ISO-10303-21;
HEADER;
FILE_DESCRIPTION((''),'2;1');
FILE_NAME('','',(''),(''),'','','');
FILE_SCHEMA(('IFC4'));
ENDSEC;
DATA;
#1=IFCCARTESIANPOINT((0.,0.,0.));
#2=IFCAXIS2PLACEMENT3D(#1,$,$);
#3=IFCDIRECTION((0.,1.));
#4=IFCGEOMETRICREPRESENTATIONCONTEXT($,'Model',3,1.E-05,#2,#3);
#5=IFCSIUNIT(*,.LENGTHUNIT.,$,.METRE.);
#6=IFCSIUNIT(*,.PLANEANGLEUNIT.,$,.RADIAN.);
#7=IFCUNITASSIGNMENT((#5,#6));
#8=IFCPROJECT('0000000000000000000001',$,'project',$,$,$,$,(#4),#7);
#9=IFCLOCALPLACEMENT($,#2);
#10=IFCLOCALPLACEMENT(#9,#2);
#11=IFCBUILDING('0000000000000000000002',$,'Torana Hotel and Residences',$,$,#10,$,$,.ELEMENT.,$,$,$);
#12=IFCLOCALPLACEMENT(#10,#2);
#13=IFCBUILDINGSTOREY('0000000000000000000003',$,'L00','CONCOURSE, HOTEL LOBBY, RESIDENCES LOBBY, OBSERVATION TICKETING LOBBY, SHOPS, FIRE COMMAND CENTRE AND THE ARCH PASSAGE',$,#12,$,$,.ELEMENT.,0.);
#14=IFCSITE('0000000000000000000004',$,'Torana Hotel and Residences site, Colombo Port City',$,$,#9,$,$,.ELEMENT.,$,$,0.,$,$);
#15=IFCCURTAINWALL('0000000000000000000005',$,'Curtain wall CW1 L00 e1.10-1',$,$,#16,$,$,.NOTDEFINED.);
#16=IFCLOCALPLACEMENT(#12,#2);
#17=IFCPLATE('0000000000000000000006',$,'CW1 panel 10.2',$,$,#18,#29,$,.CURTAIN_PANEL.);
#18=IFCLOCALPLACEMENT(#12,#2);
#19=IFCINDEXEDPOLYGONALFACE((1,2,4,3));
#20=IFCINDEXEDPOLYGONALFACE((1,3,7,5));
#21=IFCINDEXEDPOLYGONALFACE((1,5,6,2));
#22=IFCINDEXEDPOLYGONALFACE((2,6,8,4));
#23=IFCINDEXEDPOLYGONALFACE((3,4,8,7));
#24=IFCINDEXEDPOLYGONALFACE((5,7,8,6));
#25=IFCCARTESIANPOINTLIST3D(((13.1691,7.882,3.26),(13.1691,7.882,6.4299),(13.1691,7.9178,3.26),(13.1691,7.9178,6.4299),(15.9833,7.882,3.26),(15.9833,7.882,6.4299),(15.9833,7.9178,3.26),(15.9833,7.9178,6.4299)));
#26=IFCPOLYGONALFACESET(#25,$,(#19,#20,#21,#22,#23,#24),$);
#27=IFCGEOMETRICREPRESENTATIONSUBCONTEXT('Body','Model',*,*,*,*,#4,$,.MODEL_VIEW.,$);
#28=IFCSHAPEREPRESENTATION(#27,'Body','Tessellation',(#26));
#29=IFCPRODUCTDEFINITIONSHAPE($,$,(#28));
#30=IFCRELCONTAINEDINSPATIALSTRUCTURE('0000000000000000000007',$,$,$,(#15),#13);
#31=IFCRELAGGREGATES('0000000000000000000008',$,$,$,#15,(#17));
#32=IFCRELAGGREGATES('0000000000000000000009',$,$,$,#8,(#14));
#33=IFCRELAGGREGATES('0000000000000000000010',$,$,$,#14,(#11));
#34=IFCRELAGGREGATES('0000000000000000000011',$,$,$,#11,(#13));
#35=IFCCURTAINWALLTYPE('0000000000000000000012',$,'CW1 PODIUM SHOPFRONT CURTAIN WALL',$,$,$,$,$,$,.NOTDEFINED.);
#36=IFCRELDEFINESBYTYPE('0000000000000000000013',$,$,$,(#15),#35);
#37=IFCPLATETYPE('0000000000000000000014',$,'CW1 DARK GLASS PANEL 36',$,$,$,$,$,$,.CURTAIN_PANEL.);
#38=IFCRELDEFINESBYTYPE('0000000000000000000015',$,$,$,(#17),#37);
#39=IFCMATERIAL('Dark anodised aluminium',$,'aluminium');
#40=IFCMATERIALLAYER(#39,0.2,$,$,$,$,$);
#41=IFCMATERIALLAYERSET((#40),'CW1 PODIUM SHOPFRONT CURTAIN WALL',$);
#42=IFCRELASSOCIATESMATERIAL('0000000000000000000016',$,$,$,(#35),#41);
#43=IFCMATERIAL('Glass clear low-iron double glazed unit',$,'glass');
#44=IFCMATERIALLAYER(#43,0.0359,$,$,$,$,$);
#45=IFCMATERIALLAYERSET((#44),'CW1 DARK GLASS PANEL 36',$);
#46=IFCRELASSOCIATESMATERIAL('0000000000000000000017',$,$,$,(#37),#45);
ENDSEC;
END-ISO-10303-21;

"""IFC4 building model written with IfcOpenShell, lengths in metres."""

from ifc_helpers import new_model, si_unit, direction, frame, origin, origin_2d, place, context, subcontext, project, spatial, rectangle, extrude, material, layer, layer_set, type_object, element, aggregate, save


model = new_model("IFC4")

# Units and contexts
model_context = context("Model", 3, precision=1e-05, world=origin(), true_north=direction((0.0, 1.0)))
body_context = subcontext(model_context, "Body", "Model", "MODEL_VIEW")
ifc_project = project(units=[si_unit("LENGTHUNIT", "METRE"), si_unit("PLANEANGLEUNIT", "RADIAN")], contexts=[model_context])

# Site, building, storey
site_placement = place(None, origin())
site = spatial("IfcSite", under=ifc_project, at=site_placement, Name="Torana Hotel and Residences site, Colombo Port City", CompositionType="ELEMENT", RefElevation=0.0)
building_placement = place(site_placement, origin())
building = spatial("IfcBuilding", under=site, at=building_placement, Name="Torana Hotel and Residences", CompositionType="ELEMENT")
storey_placement = place(building_placement, origin())
storey = spatial("IfcBuildingStorey", under=building, at=storey_placement, Name="L00", Description="CONCOURSE, HOTEL LOBBY, RESIDENCES LOBBY, OBSERVATION TICKETING LOBBY, SHOPS, FIRE COMMAND CENTRE AND THE ARCH PASSAGE", CompositionType="ELEMENT", Elevation=0.0)

# Curtain wall, plate
ifc_material_1 = material(Name="Dark anodised aluminium", Category="aluminium")
ifc_layer_1 = layer(ifc_material_1, 0.2)
ifc_layer_set_1 = layer_set([ifc_layer_1], Name="CW1 PODIUM SHOPFRONT CURTAIN WALL")
curtain_wall_type = type_object("IfcCurtainWallType", Name="CW1 PODIUM SHOPFRONT CURTAIN WALL", PredefinedType="NOTDEFINED", material=ifc_layer_set_1)
curtain_wall_placement = place(storey_placement, origin())
curtain_wall = element("IfcCurtainWall", 1, at=curtain_wall_placement, inside=storey, type_object=curtain_wall_type, Name="Curtain wall CW1 L00 e1.10-1", PredefinedType="NOTDEFINED")
ifc_material_2 = material(Name="Glass clear low-iron double glazed unit", Category="glass")
ifc_layer_2 = layer(ifc_material_2, 0.0359)
ifc_layer_set_2 = layer_set([ifc_layer_2], Name="CW1 DARK GLASS PANEL 36")
plate_type = type_object("IfcPlateType", Name="CW1 DARK GLASS PANEL 36", PredefinedType="CURTAIN_PANEL", material=ifc_layer_set_2)
plate_1_placement = place(storey_placement, frame((14.5762, 7.8999, 3.26), z_axis=(0.0, 0.0, 1.0), x_axis=(-1.0, 0.0, 0.0)))
plate_1 = element("IfcPlate", 2, at=plate_1_placement, type_object=plate_type, Name="CW1 panel 10.2", PredefinedType="CURTAIN_PANEL", context=body_context, shape_type="SweptSolid", body=[
    extrude(rectangle(XDim=2.8142, YDim=0.0359, at=origin_2d()), origin(), (0.0, 0.0, 1.0), 3.1699),
])
aggregate(curtain_wall, [plate_1])

save(model, "model.ifc")
